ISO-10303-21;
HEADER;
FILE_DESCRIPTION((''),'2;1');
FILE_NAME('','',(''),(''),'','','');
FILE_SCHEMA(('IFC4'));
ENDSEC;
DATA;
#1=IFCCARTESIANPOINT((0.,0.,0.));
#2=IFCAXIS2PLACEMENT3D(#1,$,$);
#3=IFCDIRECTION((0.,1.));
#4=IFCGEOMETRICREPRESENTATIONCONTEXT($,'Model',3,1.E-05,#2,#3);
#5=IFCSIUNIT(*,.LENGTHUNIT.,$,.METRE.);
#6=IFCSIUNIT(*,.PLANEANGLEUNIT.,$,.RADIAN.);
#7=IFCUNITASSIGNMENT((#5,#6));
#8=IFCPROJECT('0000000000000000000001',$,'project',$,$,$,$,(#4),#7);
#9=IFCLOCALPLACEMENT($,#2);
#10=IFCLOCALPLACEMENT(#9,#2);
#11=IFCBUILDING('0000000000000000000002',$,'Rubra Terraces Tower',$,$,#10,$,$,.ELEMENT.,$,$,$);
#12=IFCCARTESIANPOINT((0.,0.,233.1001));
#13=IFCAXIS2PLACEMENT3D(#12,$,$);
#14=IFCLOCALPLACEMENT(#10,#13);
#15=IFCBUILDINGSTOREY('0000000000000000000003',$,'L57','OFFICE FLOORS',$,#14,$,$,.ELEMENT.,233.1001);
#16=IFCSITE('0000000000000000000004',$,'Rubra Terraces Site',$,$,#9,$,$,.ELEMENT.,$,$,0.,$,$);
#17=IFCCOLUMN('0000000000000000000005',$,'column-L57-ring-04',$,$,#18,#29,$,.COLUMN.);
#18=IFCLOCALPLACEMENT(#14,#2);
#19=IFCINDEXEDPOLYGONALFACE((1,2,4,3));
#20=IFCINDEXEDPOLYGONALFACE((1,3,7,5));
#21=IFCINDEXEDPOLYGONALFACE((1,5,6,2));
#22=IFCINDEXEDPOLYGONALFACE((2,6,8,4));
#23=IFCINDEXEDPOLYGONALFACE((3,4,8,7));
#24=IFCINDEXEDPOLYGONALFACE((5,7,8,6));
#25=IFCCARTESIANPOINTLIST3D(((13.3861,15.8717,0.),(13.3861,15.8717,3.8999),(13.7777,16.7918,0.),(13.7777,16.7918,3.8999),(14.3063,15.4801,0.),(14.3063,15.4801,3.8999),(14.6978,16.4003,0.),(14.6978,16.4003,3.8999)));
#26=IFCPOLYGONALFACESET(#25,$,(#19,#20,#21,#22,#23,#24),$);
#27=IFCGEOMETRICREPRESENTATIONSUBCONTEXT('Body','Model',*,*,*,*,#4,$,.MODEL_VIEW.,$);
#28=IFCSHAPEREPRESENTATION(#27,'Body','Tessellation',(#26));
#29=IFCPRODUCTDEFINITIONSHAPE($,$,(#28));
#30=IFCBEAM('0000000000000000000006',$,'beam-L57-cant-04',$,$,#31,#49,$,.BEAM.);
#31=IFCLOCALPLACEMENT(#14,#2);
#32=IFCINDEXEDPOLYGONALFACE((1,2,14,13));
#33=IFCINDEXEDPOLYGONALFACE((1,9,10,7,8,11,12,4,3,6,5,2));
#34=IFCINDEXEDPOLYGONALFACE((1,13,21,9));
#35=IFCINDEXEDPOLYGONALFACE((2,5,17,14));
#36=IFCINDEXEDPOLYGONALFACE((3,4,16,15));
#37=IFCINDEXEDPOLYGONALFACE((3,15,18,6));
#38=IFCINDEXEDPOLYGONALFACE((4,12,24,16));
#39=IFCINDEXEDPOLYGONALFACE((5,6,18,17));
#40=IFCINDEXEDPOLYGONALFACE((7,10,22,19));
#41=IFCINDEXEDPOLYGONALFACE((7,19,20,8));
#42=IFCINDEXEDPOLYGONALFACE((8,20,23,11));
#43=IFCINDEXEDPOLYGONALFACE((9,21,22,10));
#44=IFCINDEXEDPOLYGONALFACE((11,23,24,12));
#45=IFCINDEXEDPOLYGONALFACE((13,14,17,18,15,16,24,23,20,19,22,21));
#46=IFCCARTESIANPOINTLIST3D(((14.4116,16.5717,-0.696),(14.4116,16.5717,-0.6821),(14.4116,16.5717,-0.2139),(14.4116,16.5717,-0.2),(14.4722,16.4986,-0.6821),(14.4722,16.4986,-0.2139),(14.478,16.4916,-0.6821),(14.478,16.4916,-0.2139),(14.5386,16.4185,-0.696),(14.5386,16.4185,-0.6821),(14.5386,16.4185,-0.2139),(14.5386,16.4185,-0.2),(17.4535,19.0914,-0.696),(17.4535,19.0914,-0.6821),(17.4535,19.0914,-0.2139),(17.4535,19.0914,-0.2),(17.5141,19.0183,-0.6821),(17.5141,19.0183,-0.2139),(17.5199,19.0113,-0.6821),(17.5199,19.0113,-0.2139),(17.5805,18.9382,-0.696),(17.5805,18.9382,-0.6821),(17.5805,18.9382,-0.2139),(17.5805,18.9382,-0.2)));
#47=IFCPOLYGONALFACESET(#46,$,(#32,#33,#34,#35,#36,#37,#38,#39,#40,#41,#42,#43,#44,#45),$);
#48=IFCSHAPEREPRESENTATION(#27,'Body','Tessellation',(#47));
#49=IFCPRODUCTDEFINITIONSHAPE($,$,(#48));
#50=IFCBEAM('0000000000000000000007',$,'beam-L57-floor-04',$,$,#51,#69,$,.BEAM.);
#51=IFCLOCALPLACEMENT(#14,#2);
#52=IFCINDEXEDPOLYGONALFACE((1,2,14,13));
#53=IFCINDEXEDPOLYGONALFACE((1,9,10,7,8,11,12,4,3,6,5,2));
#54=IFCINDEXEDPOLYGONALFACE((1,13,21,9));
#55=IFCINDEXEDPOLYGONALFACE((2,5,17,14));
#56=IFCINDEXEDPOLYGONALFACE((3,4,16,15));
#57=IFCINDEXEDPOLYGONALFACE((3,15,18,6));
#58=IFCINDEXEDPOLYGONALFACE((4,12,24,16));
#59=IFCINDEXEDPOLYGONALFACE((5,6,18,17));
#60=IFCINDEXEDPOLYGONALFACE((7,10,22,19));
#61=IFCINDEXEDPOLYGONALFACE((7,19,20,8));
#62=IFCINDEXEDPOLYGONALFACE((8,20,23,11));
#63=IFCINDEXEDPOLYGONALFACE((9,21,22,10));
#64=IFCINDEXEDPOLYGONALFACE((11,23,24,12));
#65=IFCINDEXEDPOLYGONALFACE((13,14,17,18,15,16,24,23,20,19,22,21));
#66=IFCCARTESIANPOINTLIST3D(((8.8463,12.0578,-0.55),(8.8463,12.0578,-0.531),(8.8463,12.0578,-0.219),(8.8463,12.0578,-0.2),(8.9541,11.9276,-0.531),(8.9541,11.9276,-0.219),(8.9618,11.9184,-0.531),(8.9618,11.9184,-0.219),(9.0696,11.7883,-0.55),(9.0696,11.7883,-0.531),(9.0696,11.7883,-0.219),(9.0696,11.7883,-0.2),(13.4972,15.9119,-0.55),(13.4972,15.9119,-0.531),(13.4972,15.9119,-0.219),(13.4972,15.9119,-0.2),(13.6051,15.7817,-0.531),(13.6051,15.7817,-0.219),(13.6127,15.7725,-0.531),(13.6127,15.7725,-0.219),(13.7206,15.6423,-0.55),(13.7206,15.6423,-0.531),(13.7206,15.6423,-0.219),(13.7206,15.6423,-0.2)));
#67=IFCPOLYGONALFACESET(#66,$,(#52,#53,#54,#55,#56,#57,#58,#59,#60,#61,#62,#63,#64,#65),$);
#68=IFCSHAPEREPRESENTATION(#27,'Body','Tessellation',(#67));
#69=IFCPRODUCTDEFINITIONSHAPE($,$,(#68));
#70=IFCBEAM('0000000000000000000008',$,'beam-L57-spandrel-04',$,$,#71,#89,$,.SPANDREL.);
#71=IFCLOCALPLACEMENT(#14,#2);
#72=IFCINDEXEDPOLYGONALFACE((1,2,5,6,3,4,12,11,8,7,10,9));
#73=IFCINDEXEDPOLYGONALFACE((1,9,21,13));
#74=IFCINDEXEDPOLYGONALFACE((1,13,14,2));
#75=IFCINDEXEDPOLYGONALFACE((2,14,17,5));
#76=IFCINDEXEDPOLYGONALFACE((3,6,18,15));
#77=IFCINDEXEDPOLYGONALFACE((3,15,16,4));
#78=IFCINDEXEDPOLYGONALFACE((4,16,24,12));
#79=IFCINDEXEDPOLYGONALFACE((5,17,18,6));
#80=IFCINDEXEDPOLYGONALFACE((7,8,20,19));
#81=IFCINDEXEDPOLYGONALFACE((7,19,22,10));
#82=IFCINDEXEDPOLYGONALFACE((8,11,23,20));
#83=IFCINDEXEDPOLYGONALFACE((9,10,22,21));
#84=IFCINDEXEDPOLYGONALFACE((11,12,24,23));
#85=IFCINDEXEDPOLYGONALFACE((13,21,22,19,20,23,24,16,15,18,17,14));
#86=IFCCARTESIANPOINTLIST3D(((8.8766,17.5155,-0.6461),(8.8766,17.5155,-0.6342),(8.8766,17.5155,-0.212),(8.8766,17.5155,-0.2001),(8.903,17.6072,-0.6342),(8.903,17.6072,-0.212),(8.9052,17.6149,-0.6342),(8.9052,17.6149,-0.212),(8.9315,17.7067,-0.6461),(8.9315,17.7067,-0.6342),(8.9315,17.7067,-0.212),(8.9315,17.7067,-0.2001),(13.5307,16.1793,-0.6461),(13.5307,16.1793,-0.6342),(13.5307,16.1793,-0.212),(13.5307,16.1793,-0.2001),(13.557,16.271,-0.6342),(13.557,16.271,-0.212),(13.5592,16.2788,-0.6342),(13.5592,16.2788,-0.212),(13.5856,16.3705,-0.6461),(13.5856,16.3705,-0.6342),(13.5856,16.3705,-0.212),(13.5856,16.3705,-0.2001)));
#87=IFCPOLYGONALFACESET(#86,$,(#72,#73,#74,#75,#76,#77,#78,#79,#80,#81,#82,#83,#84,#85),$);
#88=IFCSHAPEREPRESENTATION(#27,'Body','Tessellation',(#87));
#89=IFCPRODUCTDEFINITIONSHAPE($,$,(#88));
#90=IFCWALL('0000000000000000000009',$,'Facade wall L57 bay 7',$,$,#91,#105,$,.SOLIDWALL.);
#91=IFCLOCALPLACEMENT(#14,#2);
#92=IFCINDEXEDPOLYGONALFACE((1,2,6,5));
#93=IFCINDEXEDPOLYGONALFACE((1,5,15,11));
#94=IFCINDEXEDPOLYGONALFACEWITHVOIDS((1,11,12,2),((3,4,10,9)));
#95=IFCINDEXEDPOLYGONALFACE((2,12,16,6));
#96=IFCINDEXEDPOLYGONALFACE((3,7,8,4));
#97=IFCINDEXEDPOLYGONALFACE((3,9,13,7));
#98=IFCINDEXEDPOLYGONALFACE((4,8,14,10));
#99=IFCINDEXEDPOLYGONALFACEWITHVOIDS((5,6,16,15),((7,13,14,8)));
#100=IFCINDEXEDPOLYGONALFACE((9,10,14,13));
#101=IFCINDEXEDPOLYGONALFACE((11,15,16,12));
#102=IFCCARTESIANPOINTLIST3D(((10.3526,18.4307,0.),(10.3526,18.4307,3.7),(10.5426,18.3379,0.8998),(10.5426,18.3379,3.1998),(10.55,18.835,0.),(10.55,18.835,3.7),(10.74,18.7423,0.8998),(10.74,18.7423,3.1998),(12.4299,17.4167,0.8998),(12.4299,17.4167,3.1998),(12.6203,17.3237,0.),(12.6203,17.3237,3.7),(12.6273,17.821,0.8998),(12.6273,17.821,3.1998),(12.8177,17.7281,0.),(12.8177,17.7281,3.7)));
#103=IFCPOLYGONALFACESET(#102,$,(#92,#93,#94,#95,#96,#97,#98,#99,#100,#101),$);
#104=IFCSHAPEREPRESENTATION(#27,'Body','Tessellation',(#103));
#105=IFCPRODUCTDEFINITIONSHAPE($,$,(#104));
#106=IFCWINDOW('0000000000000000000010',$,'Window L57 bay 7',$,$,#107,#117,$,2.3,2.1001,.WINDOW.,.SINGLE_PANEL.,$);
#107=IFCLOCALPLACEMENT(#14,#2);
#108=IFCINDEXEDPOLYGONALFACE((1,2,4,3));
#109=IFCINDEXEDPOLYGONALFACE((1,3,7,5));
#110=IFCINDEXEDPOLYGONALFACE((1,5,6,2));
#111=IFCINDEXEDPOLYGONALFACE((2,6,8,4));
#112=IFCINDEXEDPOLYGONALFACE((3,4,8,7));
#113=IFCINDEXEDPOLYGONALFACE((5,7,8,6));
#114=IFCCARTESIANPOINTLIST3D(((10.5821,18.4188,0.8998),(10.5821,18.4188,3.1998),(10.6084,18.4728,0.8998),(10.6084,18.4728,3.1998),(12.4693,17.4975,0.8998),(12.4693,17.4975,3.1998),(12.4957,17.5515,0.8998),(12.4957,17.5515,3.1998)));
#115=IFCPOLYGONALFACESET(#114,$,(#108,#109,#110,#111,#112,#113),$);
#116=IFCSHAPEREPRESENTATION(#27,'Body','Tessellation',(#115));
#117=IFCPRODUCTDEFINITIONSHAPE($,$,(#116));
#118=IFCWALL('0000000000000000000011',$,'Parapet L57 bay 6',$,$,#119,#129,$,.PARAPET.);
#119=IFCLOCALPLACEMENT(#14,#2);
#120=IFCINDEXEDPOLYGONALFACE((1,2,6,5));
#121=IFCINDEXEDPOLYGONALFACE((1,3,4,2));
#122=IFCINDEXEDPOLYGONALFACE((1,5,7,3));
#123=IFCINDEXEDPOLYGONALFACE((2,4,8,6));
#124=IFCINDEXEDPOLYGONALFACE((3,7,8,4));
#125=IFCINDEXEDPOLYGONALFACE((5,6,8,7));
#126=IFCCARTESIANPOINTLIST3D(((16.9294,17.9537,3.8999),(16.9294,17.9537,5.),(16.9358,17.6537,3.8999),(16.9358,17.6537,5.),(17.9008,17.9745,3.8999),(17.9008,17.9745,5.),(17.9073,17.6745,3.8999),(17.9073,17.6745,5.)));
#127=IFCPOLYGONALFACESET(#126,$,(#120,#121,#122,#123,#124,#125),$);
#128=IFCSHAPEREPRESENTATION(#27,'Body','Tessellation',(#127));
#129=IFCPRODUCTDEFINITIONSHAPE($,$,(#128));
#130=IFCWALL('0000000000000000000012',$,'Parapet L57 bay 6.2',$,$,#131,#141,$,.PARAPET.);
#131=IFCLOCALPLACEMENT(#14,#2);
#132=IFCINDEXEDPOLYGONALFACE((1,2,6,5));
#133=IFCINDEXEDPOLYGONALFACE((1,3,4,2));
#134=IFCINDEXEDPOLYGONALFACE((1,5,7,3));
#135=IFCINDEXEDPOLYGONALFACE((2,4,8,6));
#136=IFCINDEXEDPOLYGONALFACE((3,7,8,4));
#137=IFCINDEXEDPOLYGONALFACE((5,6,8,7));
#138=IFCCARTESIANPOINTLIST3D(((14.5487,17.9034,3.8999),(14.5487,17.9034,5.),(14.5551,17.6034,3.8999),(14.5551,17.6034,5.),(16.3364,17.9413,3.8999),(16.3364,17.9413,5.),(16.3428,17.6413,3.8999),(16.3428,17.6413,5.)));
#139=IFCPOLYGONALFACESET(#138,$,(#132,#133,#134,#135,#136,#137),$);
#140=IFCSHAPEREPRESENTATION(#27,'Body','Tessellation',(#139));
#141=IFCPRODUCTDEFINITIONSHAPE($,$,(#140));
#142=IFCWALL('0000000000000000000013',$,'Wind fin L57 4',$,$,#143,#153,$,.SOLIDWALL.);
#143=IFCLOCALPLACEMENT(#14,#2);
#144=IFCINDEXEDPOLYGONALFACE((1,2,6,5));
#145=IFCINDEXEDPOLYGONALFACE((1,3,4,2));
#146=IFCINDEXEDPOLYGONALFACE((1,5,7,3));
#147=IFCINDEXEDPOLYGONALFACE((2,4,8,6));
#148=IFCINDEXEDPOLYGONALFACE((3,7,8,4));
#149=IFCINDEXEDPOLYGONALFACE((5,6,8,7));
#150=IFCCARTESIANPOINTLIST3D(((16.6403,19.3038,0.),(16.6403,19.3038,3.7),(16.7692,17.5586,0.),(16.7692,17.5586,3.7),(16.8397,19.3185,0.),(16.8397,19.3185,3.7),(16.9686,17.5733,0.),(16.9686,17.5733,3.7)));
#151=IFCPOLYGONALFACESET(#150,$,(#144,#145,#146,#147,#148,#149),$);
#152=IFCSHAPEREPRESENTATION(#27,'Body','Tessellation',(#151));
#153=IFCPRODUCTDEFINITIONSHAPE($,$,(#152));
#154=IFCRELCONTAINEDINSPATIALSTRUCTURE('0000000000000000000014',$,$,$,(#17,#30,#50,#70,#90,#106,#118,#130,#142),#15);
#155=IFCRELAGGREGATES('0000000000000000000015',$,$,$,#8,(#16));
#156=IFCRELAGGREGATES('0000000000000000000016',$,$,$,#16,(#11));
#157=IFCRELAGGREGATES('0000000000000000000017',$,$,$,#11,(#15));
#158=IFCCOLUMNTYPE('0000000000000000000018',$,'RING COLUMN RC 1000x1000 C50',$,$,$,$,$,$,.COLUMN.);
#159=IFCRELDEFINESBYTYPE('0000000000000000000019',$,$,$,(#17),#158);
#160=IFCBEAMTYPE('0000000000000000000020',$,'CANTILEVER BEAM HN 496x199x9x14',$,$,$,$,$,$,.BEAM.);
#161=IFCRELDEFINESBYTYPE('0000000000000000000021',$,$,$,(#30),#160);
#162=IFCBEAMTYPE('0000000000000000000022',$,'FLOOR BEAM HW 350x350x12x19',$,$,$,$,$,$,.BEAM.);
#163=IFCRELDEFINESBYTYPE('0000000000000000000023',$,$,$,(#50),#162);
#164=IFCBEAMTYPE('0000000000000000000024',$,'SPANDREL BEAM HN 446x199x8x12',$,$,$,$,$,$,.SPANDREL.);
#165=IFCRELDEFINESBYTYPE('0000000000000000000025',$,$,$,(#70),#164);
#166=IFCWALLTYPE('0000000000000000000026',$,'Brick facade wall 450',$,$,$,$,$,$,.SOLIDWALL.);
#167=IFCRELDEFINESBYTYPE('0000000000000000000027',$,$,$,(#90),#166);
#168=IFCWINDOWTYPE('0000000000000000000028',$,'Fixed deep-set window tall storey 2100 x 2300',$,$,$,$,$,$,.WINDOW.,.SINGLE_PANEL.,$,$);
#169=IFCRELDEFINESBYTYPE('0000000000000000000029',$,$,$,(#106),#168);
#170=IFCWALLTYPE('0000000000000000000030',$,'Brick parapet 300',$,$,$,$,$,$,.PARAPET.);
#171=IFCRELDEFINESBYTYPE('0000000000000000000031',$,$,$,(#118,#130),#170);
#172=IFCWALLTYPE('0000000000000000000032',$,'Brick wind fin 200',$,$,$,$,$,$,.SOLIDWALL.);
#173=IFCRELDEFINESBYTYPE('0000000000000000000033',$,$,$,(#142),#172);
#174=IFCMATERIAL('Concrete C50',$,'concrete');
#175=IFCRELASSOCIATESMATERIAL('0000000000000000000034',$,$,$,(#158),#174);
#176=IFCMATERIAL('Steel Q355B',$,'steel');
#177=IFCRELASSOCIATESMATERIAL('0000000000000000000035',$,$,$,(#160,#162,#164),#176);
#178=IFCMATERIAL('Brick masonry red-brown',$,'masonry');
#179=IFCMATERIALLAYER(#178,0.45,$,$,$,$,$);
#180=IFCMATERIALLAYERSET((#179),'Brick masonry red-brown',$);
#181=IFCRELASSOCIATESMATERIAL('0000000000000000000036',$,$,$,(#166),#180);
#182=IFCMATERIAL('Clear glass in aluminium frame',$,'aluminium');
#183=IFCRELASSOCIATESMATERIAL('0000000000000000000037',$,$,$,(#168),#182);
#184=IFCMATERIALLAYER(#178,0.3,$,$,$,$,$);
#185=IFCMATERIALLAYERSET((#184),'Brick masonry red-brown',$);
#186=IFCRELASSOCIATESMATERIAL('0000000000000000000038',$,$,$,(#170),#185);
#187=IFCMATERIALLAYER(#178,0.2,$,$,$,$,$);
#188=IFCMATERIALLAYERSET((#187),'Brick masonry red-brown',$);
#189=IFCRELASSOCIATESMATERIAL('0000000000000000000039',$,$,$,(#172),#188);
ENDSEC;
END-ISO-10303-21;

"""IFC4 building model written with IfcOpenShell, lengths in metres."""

from ifc_helpers import new_model, si_unit, direction, frame, frame_2d, origin, origin_2d, place, context, subcontext, project, spatial, rectangle, i_section, extrude, material, layer, layer_set, material_profile, profile_set, type_object, element, fill, save


model = new_model("IFC4")

# Units and contexts
model_context = context("Model", 3, precision=1e-05, world=origin(), true_north=direction((0.0, 1.0)))
body_context = subcontext(model_context, "Body", "Model", "MODEL_VIEW")
ifc_project = project(units=[si_unit("LENGTHUNIT", "METRE"), si_unit("PLANEANGLEUNIT", "RADIAN")], contexts=[model_context])

# Site, building, storey
site_placement = place(None, origin())
site = spatial("IfcSite", under=ifc_project, at=site_placement, Name="Rubra Terraces Site", CompositionType="ELEMENT", RefElevation=0.0)
building_placement = place(site_placement, origin())
building = spatial("IfcBuilding", under=site, at=building_placement, Name="Rubra Terraces Tower", CompositionType="ELEMENT")
storey_placement = place(building_placement, frame((0.0, 0.0, 233.1001)))
storey = spatial("IfcBuildingStorey", under=building, at=storey_placement, Name="L57", Description="OFFICE FLOORS", CompositionType="ELEMENT", Elevation=233.1001)

# Column
ifc_material_1 = material(Name="Concrete C50", Category="concrete")
ifc_material_profile_1 = material_profile(ifc_material_1, rectangle(XDim=1.0, YDim=1.0, at=origin_2d()), Name="RC 1000x1000")
ifc_profile_set_1 = profile_set([ifc_material_profile_1], Name="Concrete C50")
column_type = type_object("IfcColumnType", Name="RING COLUMN RC 1000x1000 C50", PredefinedType="COLUMN", material=ifc_profile_set_1)
column_placement = place(storey_placement, frame((14.042, 16.136, 0.0), z_axis=(0.0, 0.0, 1.0), x_axis=(-0.920168, 0.391524, 0.0)))
element("IfcColumn", 1, at=column_placement, inside=storey, type_object=column_type, Name="column-L57-ring-04", PredefinedType="COLUMN", context=body_context, shape_type="SweptSolid", body=[
    extrude(rectangle(XDim=1.0, YDim=1.0, at=origin_2d()), origin(), (0.0, 0.0, 1.0), 3.8999),
])

# Beams
ifc_material_2 = material(Name="Steel Q355B", Category="steel")
ifc_material_profile_2 = material_profile(ifc_material_2, i_section(OverallWidth=0.199, OverallDepth=0.4961, WebThickness=0.009, FlangeThickness=0.0139, at=origin_2d()), Name="HN 496x199x9x14")
ifc_profile_set_2 = profile_set([ifc_material_profile_2], Name="Steel Q355B")
beam_type_1 = type_object("IfcBeamType", Name="CANTILEVER BEAM HN 496x199x9x14", PredefinedType="BEAM", material=ifc_profile_set_2)
beam_1_placement = place(storey_placement, frame((14.4751, 16.4951, -0.448), z_axis=(0.770113, 0.637908, 0.0), x_axis=(-0.637908, 0.770113, 0.0)))
element("IfcBeam", 2, at=beam_1_placement, inside=storey, type_object=beam_type_1, Name="beam-L57-cant-04", PredefinedType="BEAM", context=body_context, shape_type="SweptSolid", body=[
    extrude(i_section(OverallWidth=0.199, OverallDepth=0.4961, WebThickness=0.009, FlangeThickness=0.0139, at=origin_2d()), origin(), (0.0, 0.0, 1.0), 3.95),
])
ifc_material_profile_3 = material_profile(ifc_material_2, i_section(OverallWidth=0.3501, OverallDepth=0.3501, WebThickness=0.012, FlangeThickness=0.019, at=origin_2d()), Name="HW 350x350x12x19")
ifc_profile_set_3 = profile_set([ifc_material_profile_3], Name="Steel Q355B")
beam_type_2 = type_object("IfcBeamType", Name="FLOOR BEAM HW 350x350x12x19", PredefinedType="BEAM", material=ifc_profile_set_3)
beam_2_placement = place(storey_placement, frame((13.6089, 15.7771, -0.375), z_axis=(-0.769988, -0.638059, 0.0), x_axis=(0.638059, -0.769988, 0.0)))
element("IfcBeam", 3, at=beam_2_placement, inside=storey, type_object=beam_type_2, Name="beam-L57-floor-04", PredefinedType="BEAM", context=body_context, shape_type="SweptSolid", body=[
    extrude(i_section(OverallWidth=0.3501, OverallDepth=0.3501, WebThickness=0.012, FlangeThickness=0.019, at=origin_2d()), origin(), (0.0, 0.0, 1.0), 6.0403),
])
ifc_material_profile_4 = material_profile(ifc_material_2, i_section(OverallWidth=0.199, OverallDepth=0.446, WebThickness=0.0081, FlangeThickness=0.012, at=origin_2d()), Name="HN 446x199x8x12")
ifc_profile_set_4 = profile_set([ifc_material_profile_4], Name="Steel Q355B")
beam_type_3 = type_object("IfcBeamType", Name="SPANDREL BEAM HN 446x199x8x12", PredefinedType="SPANDREL", material=ifc_profile_set_4)
beam_3_placement = place(storey_placement, frame((13.5581, 16.2749, -0.4231), z_axis=(-0.961171, 0.275953, 0.0), x_axis=(-0.275953, -0.961171, 0.0)))
element("IfcBeam", 4, at=beam_3_placement, inside=storey, type_object=beam_type_3, Name="beam-L57-spandrel-04", PredefinedType="SPANDREL", context=body_context, shape_type="SweptSolid", body=[
    extrude(i_section(OverallWidth=0.199, OverallDepth=0.446, WebThickness=0.0081, FlangeThickness=0.012, at=origin_2d()), origin(), (0.0, 0.0, 1.0), 4.842),
])

# Wall, opening, window
ifc_material_3 = material(Name="Brick masonry red-brown", Category="masonry")
ifc_layer_1 = layer(ifc_material_3, 0.45)
ifc_layer_set_1 = layer_set([ifc_layer_1], Name="Brick masonry red-brown")
wall_type_1 = type_object("IfcWallType", Name="Brick facade wall 450", PredefinedType="SOLIDWALL", material=ifc_layer_set_1)
wall_1_placement = place(storey_placement, frame((12.719, 17.5259, 0.0), z_axis=(0.0, 0.0, 1.0), x_axis=(-0.898644, 0.438679, 0.0)))
wall_1 = element("IfcWall", 5, at=wall_1_placement, inside=storey, type_object=wall_type_1, Name="Facade wall L57 bay 7", PredefinedType="SOLIDWALL", context=body_context, shape_type="SweptSolid", body=[
    extrude(rectangle(XDim=2.5234, YDim=0.45, at=frame_2d((1.2617, 0.0))), origin(), (0.0, 0.0, 1.0), 3.7),
])
opening_1_placement = place(wall_1_placement, frame((0.2119, 0.0, 0.8999)))
opening_1 = element("IfcOpeningElement", 6, at=opening_1_placement, cuts=wall_1, PredefinedType="OPENING", context=body_context, shape_type="SweptSolid", body=[
    extrude(rectangle(XDim=2.1001, YDim=2.3, at=frame_2d((1.05, 1.1499))), frame((0.0, 0.2349, 0.0), z_axis=(0.0, -1.0, 0.0), x_axis=(1.0, 0.0, 0.0)), (0.0, 0.0, 1.0), 0.47),
])
ifc_material_4 = material(Name="Clear glass in aluminium frame", Category="aluminium")
window_type = type_object("IfcWindowType", Name="Fixed deep-set window tall storey 2100 x 2300", PartitioningType="SINGLE_PANEL", PredefinedType="WINDOW", material=ifc_material_4)
window_placement = place(opening_1_placement, origin())
window = element("IfcWindow", 7, at=window_placement, inside=storey, type_object=window_type, Name="Window L57 bay 7", OverallHeight=2.3, OverallWidth=2.1001, PartitioningType="SINGLE_PANEL", PredefinedType="WINDOW", context=body_context, shape_type="SweptSolid", body=[
    extrude(rectangle(XDim=2.1001, YDim=2.3, at=frame_2d((1.05, 1.1499))), frame((0.0, 0.135, 0.0), z_axis=(0.0, -1.0, 0.0), x_axis=(1.0, 0.0, 0.0)), (0.0, 0.0, 1.0), 0.0601),
])
fill(opening_1, window)

# Walls
ifc_layer_2 = layer(ifc_material_3, 0.3)
ifc_layer_set_2 = layer_set([ifc_layer_2], Name="Brick masonry red-brown")
wall_type_2 = type_object("IfcWallType", Name="Brick parapet 300", PredefinedType="PARAPET", material=ifc_layer_set_2)
wall_2_placement = place(storey_placement, frame((17.9041, 17.8245, 3.8999), z_axis=(0.0, 0.0, 1.0), x_axis=(-0.999772, -0.021357, 0.0)))
element("IfcWall", 8, at=wall_2_placement, inside=storey, type_object=wall_type_2, Name="Parapet L57 bay 6", PredefinedType="PARAPET", context=body_context, shape_type="SweptSolid", body=[
    extrude(rectangle(XDim=0.9717, YDim=0.3, at=frame_2d((0.4858, 0.0))), origin(), (0.0, 0.0, 1.0), 1.1001),
])
wall_3_placement = place(storey_placement, frame((16.3396, 17.7913, 3.8999), z_axis=(0.0, 0.0, 1.0), x_axis=(-0.999776, -0.021164, 0.0)))
element("IfcWall", 9, at=wall_3_placement, inside=storey, type_object=wall_type_2, Name="Parapet L57 bay 6.2", PredefinedType="PARAPET", context=body_context, shape_type="SweptSolid", body=[
    extrude(rectangle(XDim=1.7881, YDim=0.3, at=frame_2d((0.894, 0.0))), origin(), (0.0, 0.0, 1.0), 1.1001),
])
ifc_layer_3 = layer(ifc_material_3, 0.2)
ifc_layer_set_3 = layer_set([ifc_layer_3], Name="Brick masonry red-brown")
wall_type_3 = type_object("IfcWallType", Name="Brick wind fin 200", PredefinedType="SOLIDWALL", material=ifc_layer_set_3)
wall_4_placement = place(storey_placement, frame((16.8689, 17.5659, 0.0), z_axis=(0.0, 0.0, 1.0), x_axis=(-0.073656, 0.997284, 0.0)))
element("IfcWall", 10, at=wall_4_placement, inside=storey, type_object=wall_type_3, Name="Wind fin L57 4", PredefinedType="SOLIDWALL", context=body_context, shape_type="SweptSolid", body=[
    extrude(rectangle(XDim=1.75, YDim=0.2, at=frame_2d((0.875, 0.0))), origin(), (0.0, 0.0, 1.0), 3.7),
])

save(model, "model.ifc")
